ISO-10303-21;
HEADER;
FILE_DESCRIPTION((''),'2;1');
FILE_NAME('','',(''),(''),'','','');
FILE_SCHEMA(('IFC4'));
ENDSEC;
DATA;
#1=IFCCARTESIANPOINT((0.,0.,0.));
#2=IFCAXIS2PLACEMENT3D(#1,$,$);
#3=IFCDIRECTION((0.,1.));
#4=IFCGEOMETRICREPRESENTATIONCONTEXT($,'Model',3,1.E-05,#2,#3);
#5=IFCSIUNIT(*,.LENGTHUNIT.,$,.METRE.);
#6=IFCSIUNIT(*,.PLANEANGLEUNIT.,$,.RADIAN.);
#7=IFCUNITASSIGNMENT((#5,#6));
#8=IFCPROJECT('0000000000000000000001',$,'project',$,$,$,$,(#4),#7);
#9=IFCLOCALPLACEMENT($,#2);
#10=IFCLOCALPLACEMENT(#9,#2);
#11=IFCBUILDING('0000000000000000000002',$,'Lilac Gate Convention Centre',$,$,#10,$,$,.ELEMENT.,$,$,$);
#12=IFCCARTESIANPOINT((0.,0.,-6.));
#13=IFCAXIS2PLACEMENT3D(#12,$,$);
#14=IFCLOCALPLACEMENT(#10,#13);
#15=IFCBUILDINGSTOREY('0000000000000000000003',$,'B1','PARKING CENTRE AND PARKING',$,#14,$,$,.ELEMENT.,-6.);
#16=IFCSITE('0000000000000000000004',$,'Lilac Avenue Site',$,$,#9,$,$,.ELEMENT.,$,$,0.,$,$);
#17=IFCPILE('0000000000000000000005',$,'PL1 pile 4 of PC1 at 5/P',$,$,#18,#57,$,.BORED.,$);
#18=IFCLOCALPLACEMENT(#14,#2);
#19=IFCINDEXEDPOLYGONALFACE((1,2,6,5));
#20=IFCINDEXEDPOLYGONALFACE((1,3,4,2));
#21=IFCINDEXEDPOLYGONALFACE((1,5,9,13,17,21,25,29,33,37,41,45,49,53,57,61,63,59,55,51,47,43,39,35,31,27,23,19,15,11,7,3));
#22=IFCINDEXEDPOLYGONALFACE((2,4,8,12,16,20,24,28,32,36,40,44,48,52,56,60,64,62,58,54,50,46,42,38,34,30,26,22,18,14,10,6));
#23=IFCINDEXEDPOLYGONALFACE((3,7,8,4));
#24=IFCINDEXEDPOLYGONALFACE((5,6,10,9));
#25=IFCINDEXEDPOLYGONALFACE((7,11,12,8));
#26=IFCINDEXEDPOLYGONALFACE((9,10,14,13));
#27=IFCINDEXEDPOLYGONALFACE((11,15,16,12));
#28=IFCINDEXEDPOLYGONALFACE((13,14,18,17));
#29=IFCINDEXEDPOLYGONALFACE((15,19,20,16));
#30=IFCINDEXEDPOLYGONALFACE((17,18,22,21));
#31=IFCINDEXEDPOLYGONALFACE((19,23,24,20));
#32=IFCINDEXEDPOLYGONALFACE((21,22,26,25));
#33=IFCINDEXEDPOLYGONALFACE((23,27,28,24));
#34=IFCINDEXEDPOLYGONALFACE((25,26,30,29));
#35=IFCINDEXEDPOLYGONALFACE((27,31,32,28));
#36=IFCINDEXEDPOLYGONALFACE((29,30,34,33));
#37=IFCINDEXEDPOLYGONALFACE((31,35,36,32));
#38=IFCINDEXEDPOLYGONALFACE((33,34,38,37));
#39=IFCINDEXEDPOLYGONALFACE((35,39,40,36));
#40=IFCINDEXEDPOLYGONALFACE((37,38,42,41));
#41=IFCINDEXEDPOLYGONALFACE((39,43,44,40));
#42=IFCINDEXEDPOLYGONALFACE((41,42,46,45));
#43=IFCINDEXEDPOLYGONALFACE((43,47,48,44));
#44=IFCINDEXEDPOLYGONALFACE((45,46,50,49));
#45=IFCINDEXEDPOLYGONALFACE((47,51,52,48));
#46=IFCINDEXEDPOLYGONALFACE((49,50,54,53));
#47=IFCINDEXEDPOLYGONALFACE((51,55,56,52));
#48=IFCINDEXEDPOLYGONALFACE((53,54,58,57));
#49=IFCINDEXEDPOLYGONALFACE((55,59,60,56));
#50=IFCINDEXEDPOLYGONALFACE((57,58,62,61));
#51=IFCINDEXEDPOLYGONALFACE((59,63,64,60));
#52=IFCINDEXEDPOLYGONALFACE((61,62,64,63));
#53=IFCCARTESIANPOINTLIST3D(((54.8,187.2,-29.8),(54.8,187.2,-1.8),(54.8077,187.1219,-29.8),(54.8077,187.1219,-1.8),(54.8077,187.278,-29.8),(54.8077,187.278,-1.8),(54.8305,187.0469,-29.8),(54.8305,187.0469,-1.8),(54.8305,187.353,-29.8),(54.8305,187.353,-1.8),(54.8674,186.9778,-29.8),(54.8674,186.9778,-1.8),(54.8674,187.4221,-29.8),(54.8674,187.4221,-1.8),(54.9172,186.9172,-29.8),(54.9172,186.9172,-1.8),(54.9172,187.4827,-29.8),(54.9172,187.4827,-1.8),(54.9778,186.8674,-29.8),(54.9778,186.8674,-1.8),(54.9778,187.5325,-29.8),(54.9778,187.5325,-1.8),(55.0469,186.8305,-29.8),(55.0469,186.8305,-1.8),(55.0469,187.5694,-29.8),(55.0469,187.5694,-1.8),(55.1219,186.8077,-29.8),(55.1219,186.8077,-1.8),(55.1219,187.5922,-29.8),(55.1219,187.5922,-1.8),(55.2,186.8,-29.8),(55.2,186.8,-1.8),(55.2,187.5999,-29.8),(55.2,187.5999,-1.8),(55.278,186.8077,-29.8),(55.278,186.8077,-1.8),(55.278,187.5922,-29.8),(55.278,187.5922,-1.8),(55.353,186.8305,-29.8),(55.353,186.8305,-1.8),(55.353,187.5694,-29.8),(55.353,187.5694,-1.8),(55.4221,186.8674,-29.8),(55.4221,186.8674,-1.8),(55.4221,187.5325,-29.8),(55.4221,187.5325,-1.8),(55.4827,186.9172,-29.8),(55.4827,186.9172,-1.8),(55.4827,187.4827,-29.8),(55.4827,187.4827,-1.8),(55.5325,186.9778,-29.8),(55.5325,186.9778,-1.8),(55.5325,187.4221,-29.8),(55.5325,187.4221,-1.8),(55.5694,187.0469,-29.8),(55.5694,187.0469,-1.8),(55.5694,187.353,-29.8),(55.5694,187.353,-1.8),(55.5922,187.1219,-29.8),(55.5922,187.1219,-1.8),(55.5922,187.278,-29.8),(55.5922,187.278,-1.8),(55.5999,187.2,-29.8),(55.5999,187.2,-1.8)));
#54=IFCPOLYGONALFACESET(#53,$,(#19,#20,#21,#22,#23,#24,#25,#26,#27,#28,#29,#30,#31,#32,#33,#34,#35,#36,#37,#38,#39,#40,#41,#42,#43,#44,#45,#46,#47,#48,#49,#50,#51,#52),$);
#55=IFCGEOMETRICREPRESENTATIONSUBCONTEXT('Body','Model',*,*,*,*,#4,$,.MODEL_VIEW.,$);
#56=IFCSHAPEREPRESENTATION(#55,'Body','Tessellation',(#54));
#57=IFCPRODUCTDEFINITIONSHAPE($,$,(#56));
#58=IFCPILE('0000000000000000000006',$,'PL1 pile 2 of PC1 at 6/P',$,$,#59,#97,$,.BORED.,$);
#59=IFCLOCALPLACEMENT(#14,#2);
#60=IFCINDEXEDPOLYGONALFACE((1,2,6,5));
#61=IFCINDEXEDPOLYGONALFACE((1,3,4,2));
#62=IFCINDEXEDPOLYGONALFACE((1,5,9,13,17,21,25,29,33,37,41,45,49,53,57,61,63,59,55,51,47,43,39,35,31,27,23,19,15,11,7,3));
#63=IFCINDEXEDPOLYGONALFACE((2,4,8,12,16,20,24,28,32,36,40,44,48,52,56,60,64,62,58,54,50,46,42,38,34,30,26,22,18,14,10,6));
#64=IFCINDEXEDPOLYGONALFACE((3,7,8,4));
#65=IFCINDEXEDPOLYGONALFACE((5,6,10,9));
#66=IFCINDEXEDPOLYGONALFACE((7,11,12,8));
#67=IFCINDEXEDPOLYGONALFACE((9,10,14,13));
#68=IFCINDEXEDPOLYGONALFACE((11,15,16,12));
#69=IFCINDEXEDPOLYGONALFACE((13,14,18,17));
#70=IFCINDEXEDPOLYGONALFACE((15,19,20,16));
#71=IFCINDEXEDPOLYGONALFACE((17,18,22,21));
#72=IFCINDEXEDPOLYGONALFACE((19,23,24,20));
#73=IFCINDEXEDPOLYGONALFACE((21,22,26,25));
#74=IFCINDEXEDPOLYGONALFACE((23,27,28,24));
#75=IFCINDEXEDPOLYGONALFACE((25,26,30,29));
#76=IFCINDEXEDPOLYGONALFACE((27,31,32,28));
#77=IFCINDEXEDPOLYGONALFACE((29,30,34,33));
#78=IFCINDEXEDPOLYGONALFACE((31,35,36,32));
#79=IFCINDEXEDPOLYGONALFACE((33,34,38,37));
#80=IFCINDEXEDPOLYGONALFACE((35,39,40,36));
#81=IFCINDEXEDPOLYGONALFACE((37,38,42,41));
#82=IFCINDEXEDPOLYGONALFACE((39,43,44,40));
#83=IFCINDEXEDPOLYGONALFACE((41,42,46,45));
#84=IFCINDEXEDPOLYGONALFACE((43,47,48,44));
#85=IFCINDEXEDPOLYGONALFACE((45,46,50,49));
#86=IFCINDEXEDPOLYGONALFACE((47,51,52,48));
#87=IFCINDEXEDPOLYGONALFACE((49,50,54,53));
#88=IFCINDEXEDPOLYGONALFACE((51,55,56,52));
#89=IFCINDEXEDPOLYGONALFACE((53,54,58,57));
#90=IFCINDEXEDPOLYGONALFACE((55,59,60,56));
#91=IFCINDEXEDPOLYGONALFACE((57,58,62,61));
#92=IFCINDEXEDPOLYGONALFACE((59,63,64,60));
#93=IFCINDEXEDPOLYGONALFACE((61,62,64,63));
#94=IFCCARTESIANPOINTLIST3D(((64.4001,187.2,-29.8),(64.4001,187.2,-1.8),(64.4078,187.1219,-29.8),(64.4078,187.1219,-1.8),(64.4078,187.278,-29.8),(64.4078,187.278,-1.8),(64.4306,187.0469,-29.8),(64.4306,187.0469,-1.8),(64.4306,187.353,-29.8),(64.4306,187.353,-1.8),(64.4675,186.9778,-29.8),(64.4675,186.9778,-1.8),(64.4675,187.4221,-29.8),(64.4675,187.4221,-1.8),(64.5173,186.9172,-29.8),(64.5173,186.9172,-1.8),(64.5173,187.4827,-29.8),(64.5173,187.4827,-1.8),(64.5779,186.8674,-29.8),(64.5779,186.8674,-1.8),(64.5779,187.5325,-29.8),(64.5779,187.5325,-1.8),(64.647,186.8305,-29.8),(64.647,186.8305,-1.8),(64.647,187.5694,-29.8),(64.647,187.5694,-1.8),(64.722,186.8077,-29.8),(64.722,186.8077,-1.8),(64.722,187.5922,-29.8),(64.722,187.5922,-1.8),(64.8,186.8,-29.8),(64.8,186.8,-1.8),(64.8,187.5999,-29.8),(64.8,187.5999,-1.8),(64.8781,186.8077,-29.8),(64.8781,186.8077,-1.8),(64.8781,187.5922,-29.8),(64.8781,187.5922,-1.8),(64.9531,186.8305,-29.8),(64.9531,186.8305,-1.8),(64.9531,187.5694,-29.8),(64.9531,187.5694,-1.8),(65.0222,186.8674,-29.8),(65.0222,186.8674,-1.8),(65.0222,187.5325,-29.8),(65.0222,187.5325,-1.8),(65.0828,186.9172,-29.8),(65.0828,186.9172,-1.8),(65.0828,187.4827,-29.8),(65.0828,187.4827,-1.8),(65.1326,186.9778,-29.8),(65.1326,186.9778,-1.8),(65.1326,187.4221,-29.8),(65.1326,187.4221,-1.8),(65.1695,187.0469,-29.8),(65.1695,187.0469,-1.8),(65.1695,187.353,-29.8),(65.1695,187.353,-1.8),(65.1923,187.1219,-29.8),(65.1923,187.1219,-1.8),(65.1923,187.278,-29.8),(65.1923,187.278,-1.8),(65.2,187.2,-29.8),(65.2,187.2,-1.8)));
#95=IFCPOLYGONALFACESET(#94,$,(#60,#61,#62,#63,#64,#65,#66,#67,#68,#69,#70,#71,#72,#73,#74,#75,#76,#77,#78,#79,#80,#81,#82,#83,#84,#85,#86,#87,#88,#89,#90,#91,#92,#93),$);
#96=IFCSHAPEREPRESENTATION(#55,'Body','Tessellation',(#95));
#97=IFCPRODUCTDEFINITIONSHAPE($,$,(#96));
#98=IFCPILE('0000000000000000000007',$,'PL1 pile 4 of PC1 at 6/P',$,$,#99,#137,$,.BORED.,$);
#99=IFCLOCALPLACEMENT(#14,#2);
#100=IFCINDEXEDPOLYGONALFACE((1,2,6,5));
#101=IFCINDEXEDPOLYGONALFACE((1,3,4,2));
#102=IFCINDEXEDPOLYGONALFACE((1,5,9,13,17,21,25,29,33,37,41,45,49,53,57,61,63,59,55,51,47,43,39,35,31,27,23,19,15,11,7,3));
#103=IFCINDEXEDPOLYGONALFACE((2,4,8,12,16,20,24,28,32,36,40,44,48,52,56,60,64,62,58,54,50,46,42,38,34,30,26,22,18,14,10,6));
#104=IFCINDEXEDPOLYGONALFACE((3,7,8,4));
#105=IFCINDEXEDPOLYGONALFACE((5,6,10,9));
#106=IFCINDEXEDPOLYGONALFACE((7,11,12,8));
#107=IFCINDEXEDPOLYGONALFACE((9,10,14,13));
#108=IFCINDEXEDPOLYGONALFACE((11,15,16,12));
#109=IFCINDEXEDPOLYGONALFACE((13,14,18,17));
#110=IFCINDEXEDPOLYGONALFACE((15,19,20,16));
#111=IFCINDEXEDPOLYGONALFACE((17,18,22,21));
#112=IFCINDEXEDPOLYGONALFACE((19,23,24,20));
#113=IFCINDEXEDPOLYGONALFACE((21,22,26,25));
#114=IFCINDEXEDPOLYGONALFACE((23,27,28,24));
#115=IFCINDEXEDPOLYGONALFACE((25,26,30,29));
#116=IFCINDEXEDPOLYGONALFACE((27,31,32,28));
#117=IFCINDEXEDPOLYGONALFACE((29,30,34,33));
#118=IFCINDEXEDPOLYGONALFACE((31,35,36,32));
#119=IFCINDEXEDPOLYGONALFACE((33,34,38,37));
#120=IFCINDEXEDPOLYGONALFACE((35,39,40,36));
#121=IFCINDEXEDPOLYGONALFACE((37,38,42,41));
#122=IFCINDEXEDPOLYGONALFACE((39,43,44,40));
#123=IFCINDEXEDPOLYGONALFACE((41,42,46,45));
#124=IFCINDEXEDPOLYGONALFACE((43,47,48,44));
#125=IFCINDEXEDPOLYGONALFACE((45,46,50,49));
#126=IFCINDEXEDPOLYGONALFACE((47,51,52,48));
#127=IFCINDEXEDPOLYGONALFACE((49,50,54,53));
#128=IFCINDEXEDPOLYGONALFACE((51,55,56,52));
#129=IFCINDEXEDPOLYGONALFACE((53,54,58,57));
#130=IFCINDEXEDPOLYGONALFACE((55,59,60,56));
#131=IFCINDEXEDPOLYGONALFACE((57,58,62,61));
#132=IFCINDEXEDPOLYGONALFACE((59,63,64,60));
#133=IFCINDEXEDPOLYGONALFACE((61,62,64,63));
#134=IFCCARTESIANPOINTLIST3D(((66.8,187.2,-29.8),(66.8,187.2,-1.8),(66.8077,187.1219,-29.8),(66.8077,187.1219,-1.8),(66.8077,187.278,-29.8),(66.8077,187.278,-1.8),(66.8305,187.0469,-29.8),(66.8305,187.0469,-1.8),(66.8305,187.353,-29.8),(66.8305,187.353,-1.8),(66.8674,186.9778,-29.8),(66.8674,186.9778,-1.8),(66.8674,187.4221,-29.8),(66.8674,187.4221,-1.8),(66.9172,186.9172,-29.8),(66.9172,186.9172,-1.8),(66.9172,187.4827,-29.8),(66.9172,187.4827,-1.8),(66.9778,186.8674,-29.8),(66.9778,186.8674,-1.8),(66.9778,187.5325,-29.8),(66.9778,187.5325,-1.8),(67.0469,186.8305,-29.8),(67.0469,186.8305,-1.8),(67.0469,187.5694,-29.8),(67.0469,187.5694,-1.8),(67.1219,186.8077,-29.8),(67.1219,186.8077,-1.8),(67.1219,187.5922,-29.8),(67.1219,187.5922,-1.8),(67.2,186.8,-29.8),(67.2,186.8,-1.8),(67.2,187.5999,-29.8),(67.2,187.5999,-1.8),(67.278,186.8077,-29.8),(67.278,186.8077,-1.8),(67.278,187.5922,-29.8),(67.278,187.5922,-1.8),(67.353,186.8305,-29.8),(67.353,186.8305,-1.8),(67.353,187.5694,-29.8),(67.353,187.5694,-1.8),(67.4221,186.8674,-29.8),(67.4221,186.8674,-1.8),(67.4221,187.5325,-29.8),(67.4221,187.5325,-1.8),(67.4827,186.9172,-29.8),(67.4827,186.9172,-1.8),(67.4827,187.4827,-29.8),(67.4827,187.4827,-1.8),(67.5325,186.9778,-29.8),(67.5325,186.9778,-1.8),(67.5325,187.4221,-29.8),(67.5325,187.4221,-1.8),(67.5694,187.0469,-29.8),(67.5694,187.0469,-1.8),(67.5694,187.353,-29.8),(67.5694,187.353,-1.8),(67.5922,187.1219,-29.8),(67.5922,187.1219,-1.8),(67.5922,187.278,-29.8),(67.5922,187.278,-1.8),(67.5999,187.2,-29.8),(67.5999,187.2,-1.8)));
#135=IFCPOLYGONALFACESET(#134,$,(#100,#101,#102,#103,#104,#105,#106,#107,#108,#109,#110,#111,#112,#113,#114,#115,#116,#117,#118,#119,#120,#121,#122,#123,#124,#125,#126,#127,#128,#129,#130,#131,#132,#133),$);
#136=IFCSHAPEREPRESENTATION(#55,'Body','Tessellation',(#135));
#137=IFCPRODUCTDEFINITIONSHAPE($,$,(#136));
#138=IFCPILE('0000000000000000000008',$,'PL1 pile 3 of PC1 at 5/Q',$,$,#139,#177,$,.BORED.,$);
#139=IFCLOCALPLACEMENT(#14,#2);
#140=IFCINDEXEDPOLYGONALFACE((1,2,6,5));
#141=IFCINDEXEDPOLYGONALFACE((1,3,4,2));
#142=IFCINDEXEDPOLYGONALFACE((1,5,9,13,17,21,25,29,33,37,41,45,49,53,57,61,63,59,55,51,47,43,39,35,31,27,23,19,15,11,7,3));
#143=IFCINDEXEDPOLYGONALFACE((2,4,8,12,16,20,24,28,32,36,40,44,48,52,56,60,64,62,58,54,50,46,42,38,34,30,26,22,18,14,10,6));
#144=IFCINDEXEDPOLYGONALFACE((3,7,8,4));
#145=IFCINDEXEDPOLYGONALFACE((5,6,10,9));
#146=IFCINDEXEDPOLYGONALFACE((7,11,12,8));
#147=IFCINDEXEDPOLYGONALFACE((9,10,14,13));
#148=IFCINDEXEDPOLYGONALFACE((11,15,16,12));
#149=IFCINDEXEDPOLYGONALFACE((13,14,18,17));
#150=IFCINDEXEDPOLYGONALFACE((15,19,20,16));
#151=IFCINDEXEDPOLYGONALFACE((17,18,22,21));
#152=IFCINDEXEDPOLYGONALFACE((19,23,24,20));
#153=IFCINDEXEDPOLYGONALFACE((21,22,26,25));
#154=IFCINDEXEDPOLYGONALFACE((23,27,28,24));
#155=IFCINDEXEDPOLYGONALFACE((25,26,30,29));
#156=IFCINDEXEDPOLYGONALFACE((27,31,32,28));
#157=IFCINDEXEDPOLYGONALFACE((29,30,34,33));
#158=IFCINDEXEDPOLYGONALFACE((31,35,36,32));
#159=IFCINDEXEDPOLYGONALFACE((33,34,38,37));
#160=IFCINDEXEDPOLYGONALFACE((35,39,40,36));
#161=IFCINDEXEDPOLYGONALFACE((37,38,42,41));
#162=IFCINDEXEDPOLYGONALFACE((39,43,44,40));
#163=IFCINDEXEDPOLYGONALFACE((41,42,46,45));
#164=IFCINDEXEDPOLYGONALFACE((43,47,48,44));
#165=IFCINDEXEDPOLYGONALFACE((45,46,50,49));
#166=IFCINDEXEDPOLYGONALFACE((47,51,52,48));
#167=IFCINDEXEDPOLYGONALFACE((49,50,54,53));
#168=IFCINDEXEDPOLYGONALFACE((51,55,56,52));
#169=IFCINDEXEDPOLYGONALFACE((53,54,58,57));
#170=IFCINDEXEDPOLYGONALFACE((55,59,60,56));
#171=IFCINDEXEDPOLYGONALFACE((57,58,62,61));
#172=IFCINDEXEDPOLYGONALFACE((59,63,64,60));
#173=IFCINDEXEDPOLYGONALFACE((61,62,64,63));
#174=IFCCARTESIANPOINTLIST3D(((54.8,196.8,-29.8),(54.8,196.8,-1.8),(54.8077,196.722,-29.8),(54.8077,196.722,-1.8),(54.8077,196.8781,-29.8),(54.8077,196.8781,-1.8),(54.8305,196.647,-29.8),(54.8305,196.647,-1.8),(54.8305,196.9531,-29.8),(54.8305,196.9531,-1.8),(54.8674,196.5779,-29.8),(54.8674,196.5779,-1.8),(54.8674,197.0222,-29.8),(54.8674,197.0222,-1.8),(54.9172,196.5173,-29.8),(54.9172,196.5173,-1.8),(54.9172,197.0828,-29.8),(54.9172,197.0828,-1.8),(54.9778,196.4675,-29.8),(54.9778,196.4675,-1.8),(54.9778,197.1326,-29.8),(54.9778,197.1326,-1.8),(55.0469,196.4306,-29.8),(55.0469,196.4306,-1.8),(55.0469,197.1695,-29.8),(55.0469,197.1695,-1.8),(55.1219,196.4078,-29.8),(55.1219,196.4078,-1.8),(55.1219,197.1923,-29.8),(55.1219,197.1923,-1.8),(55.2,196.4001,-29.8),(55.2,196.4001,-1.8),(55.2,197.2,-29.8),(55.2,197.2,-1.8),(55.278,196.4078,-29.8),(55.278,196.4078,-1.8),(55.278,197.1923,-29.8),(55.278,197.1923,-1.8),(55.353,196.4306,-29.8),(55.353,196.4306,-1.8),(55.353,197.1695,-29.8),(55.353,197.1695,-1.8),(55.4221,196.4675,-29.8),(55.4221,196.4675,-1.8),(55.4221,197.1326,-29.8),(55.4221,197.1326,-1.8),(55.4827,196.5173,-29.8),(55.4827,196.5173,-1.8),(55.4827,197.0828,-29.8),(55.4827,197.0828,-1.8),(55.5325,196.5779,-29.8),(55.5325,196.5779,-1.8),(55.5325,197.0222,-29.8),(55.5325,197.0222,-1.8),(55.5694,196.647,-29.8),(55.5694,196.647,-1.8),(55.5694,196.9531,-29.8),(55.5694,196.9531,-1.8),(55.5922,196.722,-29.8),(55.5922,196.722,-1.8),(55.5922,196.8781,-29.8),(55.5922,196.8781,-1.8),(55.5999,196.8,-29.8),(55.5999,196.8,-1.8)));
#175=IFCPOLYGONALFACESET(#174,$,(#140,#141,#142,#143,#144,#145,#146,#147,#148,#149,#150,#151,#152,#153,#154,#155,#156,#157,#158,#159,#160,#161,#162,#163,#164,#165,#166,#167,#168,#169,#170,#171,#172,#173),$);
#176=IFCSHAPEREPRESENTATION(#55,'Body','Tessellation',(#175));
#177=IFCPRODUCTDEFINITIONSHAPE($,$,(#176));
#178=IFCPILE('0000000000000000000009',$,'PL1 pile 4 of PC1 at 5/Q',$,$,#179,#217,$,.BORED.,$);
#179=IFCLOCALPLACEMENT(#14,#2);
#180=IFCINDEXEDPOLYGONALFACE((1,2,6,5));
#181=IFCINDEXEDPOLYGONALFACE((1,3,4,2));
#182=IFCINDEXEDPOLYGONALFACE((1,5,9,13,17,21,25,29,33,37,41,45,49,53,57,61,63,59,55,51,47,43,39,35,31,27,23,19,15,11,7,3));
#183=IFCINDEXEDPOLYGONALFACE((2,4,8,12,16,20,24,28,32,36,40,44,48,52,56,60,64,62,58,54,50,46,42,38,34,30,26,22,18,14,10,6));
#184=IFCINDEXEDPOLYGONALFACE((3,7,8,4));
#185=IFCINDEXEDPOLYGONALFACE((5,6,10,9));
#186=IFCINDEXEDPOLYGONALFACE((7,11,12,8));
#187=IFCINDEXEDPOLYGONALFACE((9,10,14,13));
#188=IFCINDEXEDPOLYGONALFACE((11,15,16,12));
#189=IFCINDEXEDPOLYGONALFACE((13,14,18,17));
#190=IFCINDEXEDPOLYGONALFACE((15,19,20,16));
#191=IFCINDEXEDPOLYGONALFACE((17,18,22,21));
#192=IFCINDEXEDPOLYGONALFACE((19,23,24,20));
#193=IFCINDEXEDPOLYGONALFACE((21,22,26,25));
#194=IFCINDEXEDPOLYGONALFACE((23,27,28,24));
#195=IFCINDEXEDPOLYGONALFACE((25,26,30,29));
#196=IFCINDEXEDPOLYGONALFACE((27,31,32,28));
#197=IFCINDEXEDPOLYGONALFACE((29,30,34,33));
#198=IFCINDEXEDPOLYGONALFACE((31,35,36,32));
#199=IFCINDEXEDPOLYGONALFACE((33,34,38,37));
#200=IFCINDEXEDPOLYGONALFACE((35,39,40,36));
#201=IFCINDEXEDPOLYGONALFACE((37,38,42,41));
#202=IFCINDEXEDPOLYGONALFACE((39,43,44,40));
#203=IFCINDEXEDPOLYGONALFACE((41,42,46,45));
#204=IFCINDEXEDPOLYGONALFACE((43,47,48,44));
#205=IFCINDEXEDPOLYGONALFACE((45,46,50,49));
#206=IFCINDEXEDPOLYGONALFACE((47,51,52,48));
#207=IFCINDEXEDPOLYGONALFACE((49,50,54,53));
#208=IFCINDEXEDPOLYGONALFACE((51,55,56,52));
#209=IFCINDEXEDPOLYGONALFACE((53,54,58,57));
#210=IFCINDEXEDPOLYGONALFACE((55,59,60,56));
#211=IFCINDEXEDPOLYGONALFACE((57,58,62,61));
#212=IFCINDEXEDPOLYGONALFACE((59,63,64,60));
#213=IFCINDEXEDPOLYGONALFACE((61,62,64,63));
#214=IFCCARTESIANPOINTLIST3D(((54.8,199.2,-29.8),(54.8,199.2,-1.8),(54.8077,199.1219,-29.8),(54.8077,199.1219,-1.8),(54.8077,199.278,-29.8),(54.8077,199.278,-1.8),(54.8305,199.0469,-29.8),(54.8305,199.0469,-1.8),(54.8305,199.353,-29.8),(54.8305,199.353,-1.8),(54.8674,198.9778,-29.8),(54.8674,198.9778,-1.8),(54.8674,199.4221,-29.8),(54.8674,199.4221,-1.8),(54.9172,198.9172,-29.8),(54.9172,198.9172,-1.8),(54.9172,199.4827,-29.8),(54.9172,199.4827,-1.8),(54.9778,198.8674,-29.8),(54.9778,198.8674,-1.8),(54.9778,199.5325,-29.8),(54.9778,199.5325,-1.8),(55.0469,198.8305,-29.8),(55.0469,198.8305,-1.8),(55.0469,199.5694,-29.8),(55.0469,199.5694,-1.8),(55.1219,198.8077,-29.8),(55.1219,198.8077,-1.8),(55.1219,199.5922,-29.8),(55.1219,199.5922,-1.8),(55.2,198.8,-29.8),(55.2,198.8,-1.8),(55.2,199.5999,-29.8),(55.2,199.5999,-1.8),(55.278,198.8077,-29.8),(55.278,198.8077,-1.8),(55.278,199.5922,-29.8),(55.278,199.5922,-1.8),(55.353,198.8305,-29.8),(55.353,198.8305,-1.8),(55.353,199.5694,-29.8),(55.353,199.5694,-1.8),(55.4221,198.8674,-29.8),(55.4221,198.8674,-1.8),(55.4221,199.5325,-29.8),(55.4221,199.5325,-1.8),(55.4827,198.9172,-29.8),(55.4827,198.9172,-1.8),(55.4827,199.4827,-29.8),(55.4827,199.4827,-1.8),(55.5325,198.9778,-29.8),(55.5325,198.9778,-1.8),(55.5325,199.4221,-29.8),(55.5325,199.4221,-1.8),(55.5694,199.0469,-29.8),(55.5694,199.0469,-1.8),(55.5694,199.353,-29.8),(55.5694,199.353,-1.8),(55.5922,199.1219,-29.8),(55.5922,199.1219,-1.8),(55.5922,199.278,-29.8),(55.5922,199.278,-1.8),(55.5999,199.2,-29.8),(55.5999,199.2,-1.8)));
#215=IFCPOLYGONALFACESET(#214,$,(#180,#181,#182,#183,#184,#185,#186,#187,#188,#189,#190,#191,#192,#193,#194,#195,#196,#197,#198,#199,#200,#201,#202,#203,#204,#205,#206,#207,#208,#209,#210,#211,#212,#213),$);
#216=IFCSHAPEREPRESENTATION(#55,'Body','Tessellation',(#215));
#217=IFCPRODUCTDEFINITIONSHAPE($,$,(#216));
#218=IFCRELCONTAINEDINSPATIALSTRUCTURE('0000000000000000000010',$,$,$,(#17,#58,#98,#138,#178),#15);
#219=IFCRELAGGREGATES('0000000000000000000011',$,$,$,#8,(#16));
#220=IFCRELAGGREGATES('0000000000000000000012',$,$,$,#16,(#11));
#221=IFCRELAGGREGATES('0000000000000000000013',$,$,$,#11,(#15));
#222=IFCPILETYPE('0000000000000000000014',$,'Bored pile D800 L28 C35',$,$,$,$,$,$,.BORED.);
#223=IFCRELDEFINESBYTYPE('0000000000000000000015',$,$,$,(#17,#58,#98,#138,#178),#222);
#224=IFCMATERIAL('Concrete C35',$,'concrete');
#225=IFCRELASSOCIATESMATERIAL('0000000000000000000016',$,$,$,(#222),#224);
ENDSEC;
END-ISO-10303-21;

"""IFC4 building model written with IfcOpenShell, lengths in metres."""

from ifc_helpers import new_model, si_unit, direction, frame, origin, origin_2d, place, context, subcontext, project, spatial, circle, extrude, material, material_profile, profile_set, type_object, element, save


model = new_model("IFC4")

# Units and contexts
model_context = context("Model", 3, precision=1e-05, world=origin(), true_north=direction((0.0, 1.0)))
body_context = subcontext(model_context, "Body", "Model", "MODEL_VIEW")
ifc_project = project(units=[si_unit("LENGTHUNIT", "METRE"), si_unit("PLANEANGLEUNIT", "RADIAN")], contexts=[model_context])

# Site, building, storey
site_placement = place(None, origin())
site = spatial("IfcSite", under=ifc_project, at=site_placement, Name="Lilac Avenue Site", CompositionType="ELEMENT", RefElevation=0.0)
building_placement = place(site_placement, origin())
building = spatial("IfcBuilding", under=site, at=building_placement, Name="Lilac Gate Convention Centre", CompositionType="ELEMENT")
storey_placement = place(building_placement, frame((0.0, 0.0, -6.0)))
storey = spatial("IfcBuildingStorey", under=building, at=storey_placement, Name="B1", Description="PARKING CENTRE AND PARKING", CompositionType="ELEMENT", Elevation=-6.0)

# Piles
ifc_material_1 = material(Name="Concrete C35", Category="concrete")
ifc_material_profile_1 = material_profile(ifc_material_1, circle(Radius=0.3999, at=origin_2d()), Name="D800")
ifc_profile_set_1 = profile_set([ifc_material_profile_1], Name="Concrete C35")
pile_type = type_object("IfcPileType", Name="Bored pile D800 L28 C35", PredefinedType="BORED", material=ifc_profile_set_1)
for number, where, z_axis, x_axis, name in (
    (1, (55.2, 187.2, -1.8), (0.0, 0.0, -1.0), (1.0, 0.0, 0.0), "PL1 pile 4 of PC1 at 5/P"),
    (2, (64.8, 187.2, -1.8), (0.0, 0.0, -1.0), (1.0, 0.0, 0.0), "PL1 pile 2 of PC1 at 6/P"),
    (3, (67.2, 187.2, -1.8), (0.0, 0.0, -1.0), (1.0, 0.0, 0.0), "PL1 pile 4 of PC1 at 6/P"),
    (4, (55.2, 196.8, -1.8), (0.0, 0.0, -1.0), (1.0, 0.0, 0.0), "PL1 pile 3 of PC1 at 5/Q"),
    (5, (55.2, 199.2, -1.8), (0.0, 0.0, -1.0), (1.0, 0.0, 0.0), "PL1 pile 4 of PC1 at 5/Q"),
):
    element("IfcPile", number, at=place(storey_placement, frame(where, z_axis=z_axis, x_axis=x_axis)), inside=storey, type_object=pile_type, Name=name, PredefinedType="BORED", context=body_context, shape_type="SweptSolid", body=[
        extrude(circle(Radius=0.3999, at=origin_2d()), origin(), (0.0, 0.0, 1.0), 28.0),
    ])

save(model, "model.ifc")
